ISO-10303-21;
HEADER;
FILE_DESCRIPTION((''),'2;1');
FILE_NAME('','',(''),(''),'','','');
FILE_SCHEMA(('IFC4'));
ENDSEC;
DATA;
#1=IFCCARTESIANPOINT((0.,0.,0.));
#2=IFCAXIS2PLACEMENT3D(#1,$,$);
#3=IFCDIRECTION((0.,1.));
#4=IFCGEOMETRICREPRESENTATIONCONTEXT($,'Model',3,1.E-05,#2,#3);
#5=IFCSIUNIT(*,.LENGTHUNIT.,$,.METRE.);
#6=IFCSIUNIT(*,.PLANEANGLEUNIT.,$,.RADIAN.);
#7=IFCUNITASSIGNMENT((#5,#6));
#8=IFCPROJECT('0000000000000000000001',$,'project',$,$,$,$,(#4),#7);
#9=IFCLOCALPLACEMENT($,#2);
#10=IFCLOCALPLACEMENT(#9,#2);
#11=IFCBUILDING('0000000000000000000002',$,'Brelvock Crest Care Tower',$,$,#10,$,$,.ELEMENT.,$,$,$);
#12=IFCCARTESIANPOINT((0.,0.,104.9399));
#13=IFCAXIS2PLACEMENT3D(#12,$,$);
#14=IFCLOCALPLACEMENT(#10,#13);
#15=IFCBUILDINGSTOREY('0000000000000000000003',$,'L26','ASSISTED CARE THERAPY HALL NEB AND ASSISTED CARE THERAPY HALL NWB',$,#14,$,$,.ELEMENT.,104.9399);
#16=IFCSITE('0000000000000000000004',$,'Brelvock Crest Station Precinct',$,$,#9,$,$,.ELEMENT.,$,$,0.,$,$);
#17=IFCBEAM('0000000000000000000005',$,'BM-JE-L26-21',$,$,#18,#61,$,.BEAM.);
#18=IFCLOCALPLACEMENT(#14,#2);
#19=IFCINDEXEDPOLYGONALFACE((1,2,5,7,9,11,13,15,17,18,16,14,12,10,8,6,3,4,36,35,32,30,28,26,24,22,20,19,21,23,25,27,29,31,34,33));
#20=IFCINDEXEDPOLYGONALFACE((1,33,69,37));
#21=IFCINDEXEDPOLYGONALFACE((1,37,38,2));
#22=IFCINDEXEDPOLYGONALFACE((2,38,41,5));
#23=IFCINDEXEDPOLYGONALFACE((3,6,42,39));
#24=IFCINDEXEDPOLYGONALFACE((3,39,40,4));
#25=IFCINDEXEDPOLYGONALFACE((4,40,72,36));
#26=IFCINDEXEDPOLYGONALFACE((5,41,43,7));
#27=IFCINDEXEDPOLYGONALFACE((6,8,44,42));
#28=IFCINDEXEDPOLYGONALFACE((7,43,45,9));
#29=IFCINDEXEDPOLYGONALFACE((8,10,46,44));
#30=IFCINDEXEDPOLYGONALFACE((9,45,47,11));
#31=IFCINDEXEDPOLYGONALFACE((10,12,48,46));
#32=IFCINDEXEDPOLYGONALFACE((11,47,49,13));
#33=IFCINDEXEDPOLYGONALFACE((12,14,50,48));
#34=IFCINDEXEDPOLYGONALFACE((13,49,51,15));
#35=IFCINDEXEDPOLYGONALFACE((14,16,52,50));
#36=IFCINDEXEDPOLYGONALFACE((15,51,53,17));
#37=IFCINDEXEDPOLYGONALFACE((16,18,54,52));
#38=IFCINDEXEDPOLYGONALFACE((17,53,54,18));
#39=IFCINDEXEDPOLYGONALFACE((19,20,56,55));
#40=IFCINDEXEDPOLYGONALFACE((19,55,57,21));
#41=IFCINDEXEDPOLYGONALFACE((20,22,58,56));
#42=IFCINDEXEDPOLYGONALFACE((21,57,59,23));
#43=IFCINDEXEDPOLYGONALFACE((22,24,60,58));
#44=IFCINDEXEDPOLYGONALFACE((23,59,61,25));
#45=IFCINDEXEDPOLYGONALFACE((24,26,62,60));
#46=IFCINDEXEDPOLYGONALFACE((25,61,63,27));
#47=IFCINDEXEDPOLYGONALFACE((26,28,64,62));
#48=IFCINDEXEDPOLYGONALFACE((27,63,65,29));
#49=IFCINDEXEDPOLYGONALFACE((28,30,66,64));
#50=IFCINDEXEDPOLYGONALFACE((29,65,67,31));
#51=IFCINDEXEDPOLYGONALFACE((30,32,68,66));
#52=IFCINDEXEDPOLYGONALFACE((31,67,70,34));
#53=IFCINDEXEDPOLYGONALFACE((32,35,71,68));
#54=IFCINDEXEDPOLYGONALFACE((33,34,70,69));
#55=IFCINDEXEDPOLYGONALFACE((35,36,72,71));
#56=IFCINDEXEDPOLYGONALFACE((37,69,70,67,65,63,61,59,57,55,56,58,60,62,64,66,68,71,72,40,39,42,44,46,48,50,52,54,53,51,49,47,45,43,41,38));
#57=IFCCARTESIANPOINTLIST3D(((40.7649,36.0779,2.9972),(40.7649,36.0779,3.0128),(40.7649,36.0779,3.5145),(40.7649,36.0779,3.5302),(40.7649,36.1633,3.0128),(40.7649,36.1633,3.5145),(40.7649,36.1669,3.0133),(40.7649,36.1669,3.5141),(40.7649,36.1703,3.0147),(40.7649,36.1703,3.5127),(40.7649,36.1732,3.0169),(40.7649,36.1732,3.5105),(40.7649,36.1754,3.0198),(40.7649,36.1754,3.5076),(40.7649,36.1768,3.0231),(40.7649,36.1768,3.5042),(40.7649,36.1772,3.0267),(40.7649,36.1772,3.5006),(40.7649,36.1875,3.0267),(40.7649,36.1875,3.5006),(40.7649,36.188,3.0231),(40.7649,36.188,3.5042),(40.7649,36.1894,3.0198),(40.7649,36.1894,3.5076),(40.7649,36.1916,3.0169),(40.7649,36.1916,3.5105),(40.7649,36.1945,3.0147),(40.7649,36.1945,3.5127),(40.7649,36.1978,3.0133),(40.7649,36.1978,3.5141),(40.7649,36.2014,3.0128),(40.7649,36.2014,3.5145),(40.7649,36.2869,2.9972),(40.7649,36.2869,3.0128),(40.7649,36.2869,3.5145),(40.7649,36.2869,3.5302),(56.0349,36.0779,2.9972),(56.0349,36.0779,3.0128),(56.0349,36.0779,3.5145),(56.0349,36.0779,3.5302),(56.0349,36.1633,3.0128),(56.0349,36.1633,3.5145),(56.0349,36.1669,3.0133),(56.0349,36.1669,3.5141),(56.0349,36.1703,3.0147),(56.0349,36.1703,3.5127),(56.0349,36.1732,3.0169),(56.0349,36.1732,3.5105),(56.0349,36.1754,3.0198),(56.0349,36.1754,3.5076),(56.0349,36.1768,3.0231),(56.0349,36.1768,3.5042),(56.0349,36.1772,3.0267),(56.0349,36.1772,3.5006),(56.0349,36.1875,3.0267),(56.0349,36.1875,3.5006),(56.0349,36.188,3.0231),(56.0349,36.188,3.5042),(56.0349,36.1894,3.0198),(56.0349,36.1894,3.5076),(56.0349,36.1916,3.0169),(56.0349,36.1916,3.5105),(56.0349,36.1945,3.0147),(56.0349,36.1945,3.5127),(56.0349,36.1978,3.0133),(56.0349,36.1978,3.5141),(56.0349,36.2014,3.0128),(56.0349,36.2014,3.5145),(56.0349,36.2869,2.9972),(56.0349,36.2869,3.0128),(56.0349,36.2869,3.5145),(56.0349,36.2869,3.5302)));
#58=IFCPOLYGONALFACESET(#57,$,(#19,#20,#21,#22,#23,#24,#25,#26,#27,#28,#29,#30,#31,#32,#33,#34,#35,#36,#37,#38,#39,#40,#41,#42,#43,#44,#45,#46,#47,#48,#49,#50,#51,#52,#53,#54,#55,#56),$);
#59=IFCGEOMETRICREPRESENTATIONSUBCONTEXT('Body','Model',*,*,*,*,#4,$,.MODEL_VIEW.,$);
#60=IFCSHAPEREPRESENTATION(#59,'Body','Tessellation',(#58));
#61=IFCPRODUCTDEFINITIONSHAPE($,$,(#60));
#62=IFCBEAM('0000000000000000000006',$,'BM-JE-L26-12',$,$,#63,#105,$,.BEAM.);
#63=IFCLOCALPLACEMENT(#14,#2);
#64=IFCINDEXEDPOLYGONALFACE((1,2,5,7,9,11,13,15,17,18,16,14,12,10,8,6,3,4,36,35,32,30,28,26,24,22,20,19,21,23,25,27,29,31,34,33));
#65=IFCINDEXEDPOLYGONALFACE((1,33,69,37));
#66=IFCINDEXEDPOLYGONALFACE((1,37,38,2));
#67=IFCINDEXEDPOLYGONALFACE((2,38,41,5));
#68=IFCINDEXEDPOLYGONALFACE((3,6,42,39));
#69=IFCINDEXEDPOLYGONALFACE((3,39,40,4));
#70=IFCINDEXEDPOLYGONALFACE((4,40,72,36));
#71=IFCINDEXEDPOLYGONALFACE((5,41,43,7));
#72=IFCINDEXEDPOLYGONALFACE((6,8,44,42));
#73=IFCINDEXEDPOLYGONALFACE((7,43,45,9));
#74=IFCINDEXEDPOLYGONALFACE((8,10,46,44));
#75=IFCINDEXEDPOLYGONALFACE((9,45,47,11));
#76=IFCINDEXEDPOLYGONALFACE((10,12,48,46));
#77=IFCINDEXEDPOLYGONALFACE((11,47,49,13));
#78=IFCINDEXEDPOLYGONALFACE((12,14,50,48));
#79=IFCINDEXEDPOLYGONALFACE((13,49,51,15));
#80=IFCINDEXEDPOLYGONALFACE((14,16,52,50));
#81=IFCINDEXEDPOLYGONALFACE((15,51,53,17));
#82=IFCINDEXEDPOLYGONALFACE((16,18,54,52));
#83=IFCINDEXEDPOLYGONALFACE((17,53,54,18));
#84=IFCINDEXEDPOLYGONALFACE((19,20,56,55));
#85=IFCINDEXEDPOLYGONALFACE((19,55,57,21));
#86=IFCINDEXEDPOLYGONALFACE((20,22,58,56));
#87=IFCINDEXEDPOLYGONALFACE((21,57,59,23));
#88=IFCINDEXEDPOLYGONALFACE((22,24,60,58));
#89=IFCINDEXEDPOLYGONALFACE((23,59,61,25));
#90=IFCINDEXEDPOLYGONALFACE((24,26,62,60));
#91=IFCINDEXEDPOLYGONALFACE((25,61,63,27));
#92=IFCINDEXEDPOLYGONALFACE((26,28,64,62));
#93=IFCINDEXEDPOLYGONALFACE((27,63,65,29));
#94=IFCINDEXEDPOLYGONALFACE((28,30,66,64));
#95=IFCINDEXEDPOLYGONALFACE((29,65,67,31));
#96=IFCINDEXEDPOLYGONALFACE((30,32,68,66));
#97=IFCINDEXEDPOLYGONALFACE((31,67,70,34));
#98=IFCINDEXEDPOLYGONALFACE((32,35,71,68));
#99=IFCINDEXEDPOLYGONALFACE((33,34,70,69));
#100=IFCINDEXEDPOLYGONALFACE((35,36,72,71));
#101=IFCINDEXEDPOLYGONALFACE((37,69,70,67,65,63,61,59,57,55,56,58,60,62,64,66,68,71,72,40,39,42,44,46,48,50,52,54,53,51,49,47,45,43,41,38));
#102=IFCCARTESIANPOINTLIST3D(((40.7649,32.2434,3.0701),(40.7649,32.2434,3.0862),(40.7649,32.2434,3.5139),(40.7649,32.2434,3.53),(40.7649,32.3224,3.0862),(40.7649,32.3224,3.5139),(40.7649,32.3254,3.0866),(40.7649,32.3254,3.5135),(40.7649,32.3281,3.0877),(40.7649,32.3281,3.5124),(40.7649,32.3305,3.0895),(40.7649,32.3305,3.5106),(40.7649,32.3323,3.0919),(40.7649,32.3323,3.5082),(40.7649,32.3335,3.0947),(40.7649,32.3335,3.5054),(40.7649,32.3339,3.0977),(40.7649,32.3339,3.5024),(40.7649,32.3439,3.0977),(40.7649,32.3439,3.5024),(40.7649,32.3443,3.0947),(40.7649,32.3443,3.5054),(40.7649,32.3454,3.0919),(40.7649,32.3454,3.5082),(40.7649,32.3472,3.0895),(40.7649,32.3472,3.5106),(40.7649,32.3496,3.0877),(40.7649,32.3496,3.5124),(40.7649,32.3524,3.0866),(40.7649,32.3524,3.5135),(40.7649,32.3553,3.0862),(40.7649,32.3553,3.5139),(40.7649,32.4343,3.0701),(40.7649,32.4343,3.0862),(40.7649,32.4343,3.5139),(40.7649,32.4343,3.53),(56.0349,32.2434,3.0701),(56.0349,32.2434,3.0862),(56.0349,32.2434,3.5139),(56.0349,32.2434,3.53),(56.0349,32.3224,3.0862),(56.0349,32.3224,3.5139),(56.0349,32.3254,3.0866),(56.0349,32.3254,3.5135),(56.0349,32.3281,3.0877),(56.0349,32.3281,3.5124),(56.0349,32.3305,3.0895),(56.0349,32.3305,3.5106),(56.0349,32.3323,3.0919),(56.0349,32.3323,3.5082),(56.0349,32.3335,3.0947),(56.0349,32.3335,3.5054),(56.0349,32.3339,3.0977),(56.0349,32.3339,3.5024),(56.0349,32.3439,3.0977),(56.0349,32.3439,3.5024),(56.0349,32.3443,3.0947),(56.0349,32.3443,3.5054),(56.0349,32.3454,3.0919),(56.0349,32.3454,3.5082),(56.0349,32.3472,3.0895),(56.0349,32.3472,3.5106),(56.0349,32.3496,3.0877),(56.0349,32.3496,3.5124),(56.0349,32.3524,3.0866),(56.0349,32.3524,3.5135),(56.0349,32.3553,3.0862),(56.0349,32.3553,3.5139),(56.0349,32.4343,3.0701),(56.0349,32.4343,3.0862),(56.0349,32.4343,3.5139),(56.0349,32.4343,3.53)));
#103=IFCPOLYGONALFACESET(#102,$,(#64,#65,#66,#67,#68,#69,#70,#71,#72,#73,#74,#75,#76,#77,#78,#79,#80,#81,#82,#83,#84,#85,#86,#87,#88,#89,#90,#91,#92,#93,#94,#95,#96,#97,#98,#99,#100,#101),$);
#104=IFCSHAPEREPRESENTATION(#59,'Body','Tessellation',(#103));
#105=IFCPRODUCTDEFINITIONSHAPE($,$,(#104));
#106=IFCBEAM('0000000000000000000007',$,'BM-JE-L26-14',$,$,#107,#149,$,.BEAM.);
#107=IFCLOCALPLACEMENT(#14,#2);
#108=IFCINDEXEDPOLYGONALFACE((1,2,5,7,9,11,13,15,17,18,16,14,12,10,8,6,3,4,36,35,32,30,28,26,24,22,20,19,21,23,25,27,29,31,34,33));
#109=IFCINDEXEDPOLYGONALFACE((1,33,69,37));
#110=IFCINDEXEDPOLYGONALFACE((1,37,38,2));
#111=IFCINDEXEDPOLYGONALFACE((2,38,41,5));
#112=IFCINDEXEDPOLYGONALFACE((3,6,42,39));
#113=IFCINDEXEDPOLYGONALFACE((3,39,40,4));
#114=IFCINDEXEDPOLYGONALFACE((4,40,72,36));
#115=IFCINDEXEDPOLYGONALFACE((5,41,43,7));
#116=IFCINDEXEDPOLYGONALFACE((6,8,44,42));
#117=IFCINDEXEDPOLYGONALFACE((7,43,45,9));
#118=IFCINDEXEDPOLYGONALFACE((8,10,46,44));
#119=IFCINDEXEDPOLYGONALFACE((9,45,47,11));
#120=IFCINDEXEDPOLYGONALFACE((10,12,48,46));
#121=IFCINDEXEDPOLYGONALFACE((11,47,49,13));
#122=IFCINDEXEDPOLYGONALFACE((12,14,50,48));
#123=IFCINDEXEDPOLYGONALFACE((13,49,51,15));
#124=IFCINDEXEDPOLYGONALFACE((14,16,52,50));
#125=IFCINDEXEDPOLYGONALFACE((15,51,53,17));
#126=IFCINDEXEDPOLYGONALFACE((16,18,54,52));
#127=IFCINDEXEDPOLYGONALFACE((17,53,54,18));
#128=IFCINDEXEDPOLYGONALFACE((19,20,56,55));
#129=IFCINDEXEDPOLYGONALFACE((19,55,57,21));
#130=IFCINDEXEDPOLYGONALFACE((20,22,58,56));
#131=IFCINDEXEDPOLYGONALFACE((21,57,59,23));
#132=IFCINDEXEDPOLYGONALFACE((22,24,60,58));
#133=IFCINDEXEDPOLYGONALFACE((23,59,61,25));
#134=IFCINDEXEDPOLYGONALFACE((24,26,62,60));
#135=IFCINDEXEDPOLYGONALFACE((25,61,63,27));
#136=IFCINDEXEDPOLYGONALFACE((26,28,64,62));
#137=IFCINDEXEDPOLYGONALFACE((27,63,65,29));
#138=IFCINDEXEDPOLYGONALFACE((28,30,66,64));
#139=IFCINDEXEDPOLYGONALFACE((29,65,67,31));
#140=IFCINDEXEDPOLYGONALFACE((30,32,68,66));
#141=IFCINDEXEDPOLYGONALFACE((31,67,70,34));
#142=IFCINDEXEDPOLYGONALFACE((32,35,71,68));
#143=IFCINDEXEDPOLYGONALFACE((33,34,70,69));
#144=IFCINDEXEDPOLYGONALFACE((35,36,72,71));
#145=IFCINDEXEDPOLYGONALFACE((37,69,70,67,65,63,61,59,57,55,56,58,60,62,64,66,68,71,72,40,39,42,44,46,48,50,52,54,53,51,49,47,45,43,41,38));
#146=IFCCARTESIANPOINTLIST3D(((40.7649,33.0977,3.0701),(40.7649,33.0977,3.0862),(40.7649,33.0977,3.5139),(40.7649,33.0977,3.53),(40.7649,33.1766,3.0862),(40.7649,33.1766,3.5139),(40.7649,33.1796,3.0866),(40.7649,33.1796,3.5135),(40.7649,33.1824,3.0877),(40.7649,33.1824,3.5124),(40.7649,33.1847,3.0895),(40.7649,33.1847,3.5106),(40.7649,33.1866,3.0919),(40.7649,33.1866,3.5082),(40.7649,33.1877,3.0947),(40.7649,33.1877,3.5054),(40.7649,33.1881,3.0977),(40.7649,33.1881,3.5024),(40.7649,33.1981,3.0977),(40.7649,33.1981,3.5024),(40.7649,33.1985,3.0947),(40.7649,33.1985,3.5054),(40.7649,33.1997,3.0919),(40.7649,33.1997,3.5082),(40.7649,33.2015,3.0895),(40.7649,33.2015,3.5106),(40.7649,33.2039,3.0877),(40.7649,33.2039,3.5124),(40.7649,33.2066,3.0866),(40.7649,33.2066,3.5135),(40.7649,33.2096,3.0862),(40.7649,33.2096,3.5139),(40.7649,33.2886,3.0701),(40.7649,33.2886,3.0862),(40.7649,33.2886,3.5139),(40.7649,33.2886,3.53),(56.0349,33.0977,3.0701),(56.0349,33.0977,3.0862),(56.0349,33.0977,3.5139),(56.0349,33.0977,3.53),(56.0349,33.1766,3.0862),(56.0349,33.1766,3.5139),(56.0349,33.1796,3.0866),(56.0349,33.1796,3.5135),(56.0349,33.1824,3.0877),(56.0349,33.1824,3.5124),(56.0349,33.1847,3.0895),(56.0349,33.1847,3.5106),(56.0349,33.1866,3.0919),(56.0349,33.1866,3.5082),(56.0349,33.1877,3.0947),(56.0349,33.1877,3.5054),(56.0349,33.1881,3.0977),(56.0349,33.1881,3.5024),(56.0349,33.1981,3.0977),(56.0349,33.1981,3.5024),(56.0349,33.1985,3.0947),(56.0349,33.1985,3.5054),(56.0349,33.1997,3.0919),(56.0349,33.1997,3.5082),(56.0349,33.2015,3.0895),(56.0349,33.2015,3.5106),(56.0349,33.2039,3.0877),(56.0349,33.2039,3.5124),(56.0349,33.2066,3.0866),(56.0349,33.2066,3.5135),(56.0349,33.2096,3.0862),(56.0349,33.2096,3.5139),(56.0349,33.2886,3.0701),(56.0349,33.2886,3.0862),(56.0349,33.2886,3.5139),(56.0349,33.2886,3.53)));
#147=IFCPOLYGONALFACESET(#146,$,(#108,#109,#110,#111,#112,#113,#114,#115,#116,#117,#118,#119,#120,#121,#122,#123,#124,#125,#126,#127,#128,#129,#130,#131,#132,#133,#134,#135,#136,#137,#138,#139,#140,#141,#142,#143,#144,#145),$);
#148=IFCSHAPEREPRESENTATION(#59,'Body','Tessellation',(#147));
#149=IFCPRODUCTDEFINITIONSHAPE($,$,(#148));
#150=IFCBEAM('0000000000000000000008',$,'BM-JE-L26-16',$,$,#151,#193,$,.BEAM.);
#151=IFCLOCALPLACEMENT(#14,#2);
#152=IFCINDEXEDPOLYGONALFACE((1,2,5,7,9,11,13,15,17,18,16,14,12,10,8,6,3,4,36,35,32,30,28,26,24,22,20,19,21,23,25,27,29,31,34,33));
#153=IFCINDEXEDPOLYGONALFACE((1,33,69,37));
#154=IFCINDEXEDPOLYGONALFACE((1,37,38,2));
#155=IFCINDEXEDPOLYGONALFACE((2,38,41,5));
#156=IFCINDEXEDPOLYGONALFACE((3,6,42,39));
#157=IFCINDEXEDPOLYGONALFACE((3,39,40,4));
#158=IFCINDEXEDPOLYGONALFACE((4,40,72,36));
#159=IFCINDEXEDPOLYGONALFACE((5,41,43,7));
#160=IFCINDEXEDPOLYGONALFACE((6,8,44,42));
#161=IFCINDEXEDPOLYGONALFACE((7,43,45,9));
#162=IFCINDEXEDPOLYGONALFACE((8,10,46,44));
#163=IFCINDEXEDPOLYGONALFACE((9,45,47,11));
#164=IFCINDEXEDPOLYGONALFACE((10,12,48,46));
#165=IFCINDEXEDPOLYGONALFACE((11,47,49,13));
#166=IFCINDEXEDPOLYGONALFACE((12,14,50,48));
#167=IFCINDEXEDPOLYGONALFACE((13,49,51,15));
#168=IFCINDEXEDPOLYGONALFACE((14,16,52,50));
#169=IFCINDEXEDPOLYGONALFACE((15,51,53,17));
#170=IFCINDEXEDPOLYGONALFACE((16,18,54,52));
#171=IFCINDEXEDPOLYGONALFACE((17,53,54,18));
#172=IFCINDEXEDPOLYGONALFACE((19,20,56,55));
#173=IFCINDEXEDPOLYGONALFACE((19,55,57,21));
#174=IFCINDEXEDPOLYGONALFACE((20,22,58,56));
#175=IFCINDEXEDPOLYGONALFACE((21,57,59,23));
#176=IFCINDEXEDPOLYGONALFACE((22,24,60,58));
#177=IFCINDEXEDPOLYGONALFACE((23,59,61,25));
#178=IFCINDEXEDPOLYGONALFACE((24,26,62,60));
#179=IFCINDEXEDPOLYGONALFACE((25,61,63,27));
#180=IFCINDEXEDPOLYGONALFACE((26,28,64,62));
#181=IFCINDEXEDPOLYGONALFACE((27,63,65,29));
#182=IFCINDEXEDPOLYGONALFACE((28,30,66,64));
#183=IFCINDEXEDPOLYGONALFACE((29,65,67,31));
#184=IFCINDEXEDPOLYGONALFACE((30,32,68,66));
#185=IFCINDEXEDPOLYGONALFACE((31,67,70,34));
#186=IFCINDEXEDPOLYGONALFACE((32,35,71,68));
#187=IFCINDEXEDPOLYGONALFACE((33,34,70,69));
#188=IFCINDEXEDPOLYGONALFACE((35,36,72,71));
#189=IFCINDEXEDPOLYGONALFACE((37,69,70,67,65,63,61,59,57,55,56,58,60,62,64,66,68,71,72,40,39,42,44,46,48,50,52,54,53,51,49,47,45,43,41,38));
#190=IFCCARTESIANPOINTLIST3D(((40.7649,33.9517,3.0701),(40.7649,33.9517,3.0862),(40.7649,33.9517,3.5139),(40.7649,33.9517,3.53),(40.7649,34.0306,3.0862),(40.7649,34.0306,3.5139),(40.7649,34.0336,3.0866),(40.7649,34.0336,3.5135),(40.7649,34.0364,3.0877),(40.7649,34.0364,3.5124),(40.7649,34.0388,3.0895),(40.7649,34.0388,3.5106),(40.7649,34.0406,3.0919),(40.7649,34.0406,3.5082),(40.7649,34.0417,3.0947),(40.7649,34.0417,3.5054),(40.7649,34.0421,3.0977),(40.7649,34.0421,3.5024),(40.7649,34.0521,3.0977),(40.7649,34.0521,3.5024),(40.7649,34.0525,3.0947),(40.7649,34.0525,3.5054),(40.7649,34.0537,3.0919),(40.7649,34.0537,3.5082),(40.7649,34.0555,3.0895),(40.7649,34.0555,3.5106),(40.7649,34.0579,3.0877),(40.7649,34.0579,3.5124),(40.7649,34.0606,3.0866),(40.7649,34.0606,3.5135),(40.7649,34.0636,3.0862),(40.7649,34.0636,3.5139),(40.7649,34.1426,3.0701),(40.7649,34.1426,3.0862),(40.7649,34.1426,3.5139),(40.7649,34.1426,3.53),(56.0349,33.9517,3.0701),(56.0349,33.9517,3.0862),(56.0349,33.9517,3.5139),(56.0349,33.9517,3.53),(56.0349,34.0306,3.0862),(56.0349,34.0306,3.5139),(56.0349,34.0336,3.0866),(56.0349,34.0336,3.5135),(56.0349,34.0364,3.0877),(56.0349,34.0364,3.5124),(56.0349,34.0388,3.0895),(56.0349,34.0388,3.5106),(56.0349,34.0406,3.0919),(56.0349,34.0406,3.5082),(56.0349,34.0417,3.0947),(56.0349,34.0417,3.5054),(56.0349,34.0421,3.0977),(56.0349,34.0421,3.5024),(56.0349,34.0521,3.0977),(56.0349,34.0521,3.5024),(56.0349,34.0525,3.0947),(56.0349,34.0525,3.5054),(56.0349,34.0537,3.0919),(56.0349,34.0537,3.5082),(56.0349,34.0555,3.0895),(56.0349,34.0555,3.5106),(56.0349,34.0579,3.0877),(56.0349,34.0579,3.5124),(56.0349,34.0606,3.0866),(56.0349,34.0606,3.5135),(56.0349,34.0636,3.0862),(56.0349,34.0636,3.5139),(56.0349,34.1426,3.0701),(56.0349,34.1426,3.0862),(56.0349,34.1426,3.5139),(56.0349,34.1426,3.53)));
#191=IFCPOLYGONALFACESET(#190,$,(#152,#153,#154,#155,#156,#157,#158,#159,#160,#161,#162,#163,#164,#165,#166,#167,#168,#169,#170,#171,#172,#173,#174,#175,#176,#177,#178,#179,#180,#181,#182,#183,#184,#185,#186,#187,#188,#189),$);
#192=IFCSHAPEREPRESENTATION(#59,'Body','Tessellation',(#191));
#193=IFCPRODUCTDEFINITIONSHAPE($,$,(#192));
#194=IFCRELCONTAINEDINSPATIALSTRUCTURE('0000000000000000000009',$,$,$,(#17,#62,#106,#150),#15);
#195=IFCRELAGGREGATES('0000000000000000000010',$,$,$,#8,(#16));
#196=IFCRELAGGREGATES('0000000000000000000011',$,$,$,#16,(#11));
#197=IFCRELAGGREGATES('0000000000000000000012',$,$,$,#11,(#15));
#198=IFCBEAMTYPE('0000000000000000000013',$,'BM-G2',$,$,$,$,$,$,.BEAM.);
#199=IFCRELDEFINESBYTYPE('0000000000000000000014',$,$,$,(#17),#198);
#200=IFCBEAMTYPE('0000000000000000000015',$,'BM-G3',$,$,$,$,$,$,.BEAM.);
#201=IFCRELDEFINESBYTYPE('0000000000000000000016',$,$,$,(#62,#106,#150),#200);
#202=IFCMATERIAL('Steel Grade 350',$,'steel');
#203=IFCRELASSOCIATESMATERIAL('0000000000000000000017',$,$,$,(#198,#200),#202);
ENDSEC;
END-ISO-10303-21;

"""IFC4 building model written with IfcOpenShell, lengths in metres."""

from ifc_helpers import new_model, si_unit, direction, frame, origin, origin_2d, place, context, subcontext, project, spatial, i_section, extrude, source, transform, mapped, material, material_profile, profile_set, type_object, element, save


model = new_model("IFC4")

# Units and contexts
model_context = context("Model", 3, precision=1e-05, world=origin(), true_north=direction((0.0, 1.0)))
body_context = subcontext(model_context, "Body", "Model", "MODEL_VIEW")
ifc_project = project(units=[si_unit("LENGTHUNIT", "METRE"), si_unit("PLANEANGLEUNIT", "RADIAN")], contexts=[model_context])

# Site, building, storey
site_placement = place(None, origin())
site = spatial("IfcSite", under=ifc_project, at=site_placement, Name="Brelvock Crest Station Precinct", CompositionType="ELEMENT", RefElevation=0.0)
building_placement = place(site_placement, origin())
building = spatial("IfcBuilding", under=site, at=building_placement, Name="Brelvock Crest Care Tower", CompositionType="ELEMENT")
storey_placement = place(building_placement, frame((0.0, 0.0, 104.9399)))
storey = spatial("IfcBuildingStorey", under=building, at=storey_placement, Name="L26", Description="ASSISTED CARE THERAPY HALL NEB AND ASSISTED CARE THERAPY HALL NWB", CompositionType="ELEMENT", Elevation=104.9399)

# Beams
ifc_material_1 = material(Name="Steel Grade 350", Category="steel")
ifc_material_profile_1 = material_profile(ifc_material_1, i_section(OverallWidth=0.209, OverallDepth=0.533, WebThickness=0.0103, FlangeThickness=0.0156, FilletRadius=0.0139, at=origin_2d()), Name="530UB92.4")
ifc_profile_set_1 = profile_set([ifc_material_profile_1], Name="Steel Grade 350")
beam_type_1 = type_object("IfcBeamType", Name="BM-G2", PredefinedType="BEAM", material=ifc_profile_set_1)
shared_shape_1 = source(origin(), body_context, "Body", "SweptSolid", [
    extrude(i_section(OverallWidth=0.209, OverallDepth=0.533, WebThickness=0.0103, FlangeThickness=0.0156, FilletRadius=0.0139, at=origin_2d()), origin(), (0.0, 0.0, 1.0), 15.27),
])
for number, where, z_axis, x_axis, name in (
    (1, (40.7649, 36.1824, 3.2637), (1.0, 0.0, 0.0), (0.0, 1.0, 0.0), "BM-JE-L26-21"),
):
    element("IfcBeam", number, at=place(storey_placement, frame(where, z_axis=z_axis, x_axis=x_axis)), inside=storey, type_object=beam_type_1, Name=name, PredefinedType="BEAM", context=body_context, shape_type="MappedRepresentation", body=[
        mapped(shared_shape_1, transform((0.0, 0.0, 0.0), x_axis=(1.0, 0.0, 0.0), y_axis=(0.0, 1.0, 0.0), z_axis=(0.0, 0.0, 1.0), scale=1.0)),
    ])
ifc_material_profile_2 = material_profile(ifc_material_1, i_section(OverallWidth=0.1909, OverallDepth=0.46, WebThickness=0.01, FlangeThickness=0.0161, FilletRadius=0.0115, at=origin_2d()), Name="460UB82.1")
ifc_profile_set_2 = profile_set([ifc_material_profile_2], Name="Steel Grade 350")
beam_type_2 = type_object("IfcBeamType", Name="BM-G3", PredefinedType="BEAM", material=ifc_profile_set_2)
shared_shape_2 = source(origin(), body_context, "Body", "SweptSolid", [
    extrude(i_section(OverallWidth=0.1909, OverallDepth=0.46, WebThickness=0.01, FlangeThickness=0.0161, FilletRadius=0.0115, at=origin_2d()), origin(), (0.0, 0.0, 1.0), 15.27),
])
for number, where, z_axis, x_axis, name in (
    (2, (40.7649, 32.3389, 3.3), (1.0, 0.0, 0.0), (0.0, 1.0, 0.0), "BM-JE-L26-12"),
    (3, (40.7649, 33.1931, 3.3), (1.0, 0.0, 0.0), (0.0, 1.0, 0.0), "BM-JE-L26-14"),
    (4, (40.7649, 34.0471, 3.3), (1.0, 0.0, 0.0), (0.0, 1.0, 0.0), "BM-JE-L26-16"),
):
    element("IfcBeam", number, at=place(storey_placement, frame(where, z_axis=z_axis, x_axis=x_axis)), inside=storey, type_object=beam_type_2, Name=name, PredefinedType="BEAM", context=body_context, shape_type="MappedRepresentation", body=[
        mapped(shared_shape_2, transform((0.0, 0.0, 0.0), x_axis=(1.0, 0.0, 0.0), y_axis=(0.0, 1.0, 0.0), z_axis=(0.0, 0.0, 1.0), scale=1.0)),
    ])

save(model, "model.ifc")
